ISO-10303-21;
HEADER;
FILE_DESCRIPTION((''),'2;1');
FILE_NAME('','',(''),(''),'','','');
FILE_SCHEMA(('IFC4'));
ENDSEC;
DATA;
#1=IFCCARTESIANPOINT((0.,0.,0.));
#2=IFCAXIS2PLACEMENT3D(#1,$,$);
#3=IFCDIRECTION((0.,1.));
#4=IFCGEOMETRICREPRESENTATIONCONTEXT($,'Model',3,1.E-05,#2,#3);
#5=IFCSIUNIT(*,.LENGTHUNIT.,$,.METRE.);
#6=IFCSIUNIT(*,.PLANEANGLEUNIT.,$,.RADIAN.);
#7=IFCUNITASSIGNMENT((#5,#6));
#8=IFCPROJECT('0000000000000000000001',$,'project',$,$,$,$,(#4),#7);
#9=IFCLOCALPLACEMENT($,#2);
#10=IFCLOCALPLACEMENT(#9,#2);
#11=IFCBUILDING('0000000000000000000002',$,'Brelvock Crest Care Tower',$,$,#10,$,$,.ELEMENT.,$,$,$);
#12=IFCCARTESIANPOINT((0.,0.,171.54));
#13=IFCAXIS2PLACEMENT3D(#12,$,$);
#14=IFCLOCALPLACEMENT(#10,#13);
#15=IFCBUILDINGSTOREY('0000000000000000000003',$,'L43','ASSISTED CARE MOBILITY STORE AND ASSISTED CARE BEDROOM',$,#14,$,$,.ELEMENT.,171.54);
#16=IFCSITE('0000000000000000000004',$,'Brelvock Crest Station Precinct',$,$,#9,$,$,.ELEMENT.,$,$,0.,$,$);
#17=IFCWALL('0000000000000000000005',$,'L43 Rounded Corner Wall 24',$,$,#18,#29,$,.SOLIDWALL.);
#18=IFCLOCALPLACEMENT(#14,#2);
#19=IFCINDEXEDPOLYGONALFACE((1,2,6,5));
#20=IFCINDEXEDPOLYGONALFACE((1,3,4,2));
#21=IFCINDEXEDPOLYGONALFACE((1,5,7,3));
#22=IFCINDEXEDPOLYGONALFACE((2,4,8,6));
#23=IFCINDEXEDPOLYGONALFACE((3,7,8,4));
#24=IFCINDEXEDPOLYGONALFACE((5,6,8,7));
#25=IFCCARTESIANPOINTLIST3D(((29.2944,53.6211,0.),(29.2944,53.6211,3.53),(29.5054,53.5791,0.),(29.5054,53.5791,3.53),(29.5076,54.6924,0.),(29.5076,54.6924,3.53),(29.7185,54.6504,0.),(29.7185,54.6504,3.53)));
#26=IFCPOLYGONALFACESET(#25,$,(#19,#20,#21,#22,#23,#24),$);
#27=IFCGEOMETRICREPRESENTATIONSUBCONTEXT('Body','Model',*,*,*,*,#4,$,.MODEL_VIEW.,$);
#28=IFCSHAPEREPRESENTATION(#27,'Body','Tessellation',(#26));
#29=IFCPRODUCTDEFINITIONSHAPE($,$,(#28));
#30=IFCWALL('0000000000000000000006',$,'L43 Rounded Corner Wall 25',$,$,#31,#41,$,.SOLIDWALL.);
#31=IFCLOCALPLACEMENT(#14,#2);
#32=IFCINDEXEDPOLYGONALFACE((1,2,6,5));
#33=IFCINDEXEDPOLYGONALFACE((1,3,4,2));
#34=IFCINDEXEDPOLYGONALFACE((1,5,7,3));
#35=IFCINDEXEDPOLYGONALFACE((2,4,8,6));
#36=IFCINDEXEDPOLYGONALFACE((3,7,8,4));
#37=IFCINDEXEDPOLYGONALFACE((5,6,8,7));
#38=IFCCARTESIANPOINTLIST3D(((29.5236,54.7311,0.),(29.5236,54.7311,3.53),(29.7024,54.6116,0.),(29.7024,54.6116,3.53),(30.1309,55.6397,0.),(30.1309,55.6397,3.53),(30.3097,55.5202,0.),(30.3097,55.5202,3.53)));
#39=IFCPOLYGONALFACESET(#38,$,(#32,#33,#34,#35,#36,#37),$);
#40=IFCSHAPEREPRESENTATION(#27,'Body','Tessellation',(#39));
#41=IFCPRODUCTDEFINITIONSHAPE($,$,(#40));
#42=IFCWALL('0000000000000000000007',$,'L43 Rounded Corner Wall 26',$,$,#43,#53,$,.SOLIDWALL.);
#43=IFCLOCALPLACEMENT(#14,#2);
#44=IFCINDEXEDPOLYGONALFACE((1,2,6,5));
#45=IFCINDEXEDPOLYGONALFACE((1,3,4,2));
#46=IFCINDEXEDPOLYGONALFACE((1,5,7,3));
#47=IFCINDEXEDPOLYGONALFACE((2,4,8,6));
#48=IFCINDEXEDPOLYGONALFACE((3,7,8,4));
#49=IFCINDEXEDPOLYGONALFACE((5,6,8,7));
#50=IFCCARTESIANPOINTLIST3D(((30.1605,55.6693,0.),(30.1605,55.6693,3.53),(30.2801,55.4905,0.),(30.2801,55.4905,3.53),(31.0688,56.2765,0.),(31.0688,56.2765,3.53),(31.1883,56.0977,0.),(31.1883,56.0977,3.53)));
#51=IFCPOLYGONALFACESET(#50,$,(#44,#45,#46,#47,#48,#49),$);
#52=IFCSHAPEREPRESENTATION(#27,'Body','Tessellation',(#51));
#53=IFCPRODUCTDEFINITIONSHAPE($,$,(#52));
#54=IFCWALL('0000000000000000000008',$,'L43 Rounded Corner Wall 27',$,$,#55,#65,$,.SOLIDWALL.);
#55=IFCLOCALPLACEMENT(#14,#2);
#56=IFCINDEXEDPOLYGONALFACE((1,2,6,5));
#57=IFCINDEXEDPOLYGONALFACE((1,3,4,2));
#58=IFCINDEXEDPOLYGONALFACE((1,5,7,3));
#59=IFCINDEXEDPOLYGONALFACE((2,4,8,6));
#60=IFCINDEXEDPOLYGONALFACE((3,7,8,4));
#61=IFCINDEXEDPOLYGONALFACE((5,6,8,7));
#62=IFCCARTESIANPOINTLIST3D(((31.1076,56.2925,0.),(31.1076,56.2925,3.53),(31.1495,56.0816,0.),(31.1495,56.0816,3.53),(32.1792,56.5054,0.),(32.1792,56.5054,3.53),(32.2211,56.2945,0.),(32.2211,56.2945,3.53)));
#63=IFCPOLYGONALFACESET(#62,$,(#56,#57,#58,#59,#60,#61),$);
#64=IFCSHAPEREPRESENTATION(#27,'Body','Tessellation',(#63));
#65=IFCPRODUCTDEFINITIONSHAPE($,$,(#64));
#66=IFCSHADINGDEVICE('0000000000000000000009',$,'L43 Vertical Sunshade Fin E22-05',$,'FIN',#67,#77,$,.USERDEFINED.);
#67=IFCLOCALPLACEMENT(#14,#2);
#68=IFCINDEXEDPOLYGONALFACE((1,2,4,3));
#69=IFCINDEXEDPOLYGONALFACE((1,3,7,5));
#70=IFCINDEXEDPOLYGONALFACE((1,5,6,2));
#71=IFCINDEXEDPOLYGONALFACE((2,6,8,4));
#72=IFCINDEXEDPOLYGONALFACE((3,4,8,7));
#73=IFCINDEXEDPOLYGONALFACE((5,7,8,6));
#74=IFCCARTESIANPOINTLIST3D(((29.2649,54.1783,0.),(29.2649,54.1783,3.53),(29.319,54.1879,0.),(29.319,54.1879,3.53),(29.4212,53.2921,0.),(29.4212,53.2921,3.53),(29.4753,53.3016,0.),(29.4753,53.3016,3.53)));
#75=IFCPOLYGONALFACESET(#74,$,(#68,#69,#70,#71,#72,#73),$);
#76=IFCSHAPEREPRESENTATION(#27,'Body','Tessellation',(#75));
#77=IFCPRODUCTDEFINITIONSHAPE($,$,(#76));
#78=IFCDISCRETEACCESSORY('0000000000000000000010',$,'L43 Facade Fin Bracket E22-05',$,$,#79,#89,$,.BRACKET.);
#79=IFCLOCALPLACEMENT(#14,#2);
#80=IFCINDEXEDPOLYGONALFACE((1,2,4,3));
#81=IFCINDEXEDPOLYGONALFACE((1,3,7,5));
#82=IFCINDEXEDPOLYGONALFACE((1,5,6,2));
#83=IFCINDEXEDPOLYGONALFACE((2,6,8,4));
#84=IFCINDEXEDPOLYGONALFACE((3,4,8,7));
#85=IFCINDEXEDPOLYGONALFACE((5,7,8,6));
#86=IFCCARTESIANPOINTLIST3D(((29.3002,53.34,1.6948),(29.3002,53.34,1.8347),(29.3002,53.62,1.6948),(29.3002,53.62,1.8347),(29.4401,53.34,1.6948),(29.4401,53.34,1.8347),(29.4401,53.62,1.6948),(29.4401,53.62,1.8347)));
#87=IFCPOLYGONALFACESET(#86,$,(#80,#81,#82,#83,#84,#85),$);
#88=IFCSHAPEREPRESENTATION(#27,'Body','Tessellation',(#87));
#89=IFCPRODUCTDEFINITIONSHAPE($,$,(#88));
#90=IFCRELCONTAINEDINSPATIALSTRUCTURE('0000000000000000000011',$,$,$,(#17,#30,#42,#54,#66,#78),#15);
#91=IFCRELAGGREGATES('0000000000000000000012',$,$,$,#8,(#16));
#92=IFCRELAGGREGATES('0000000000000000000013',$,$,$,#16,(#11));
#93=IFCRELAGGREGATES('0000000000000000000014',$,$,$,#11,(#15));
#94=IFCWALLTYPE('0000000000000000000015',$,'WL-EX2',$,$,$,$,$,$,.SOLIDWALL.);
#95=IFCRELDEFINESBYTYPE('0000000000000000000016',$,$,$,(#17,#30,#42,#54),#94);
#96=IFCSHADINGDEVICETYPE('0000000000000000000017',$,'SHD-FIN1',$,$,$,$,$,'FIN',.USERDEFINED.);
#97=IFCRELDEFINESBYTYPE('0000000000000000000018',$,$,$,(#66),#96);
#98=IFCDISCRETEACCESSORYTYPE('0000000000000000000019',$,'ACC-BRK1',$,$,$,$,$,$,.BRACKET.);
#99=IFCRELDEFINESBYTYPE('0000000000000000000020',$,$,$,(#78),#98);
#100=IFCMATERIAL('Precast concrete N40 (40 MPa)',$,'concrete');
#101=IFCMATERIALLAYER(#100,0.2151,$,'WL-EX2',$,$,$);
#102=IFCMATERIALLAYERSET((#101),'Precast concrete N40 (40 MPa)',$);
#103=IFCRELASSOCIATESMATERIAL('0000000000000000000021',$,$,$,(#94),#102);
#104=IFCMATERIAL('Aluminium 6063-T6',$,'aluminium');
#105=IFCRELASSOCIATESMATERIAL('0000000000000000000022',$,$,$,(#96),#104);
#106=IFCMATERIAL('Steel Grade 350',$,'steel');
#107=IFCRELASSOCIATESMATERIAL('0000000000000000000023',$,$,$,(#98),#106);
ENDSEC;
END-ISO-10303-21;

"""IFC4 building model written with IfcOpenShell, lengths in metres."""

from ifc_helpers import new_model, si_unit, direction, frame, frame_2d, origin, origin_2d, place, context, subcontext, project, spatial, rectangle, extrude, source, transform, mapped, material, layer, layer_set, material_profile, profile_set, type_object, element, save


model = new_model("IFC4")

# Units and contexts
model_context = context("Model", 3, precision=1e-05, world=origin(), true_north=direction((0.0, 1.0)))
body_context = subcontext(model_context, "Body", "Model", "MODEL_VIEW")
ifc_project = project(units=[si_unit("LENGTHUNIT", "METRE"), si_unit("PLANEANGLEUNIT", "RADIAN")], contexts=[model_context])

# Site, building, storey
site_placement = place(None, origin())
site = spatial("IfcSite", under=ifc_project, at=site_placement, Name="Brelvock Crest Station Precinct", CompositionType="ELEMENT", RefElevation=0.0)
building_placement = place(site_placement, origin())
building = spatial("IfcBuilding", under=site, at=building_placement, Name="Brelvock Crest Care Tower", CompositionType="ELEMENT")
storey_placement = place(building_placement, frame((0.0, 0.0, 171.54)))
storey = spatial("IfcBuildingStorey", under=building, at=storey_placement, Name="L43", Description="ASSISTED CARE MOBILITY STORE AND ASSISTED CARE BEDROOM", CompositionType="ELEMENT", Elevation=171.54)

# Shared definitions
ifc_material_1 = material(Name="Steel Grade 350", Category="steel")

# Shared definitions
ifc_material_2 = material(Name="Aluminium 6063-T6", Category="aluminium")

# Walls
ifc_material_3 = material(Name="Precast concrete N40 (40 MPa)", Category="concrete")
ifc_layer_1 = layer(ifc_material_3, 0.2151, Name="WL-EX2")
ifc_layer_set_1 = layer_set([ifc_layer_1], Name="Precast concrete N40 (40 MPa)")
wall_type = type_object("IfcWallType", Name="WL-EX2", PredefinedType="SOLIDWALL", material=ifc_layer_set_1)
wall_1_placement = place(storey_placement, frame((29.3999, 53.6001, 0.0), z_axis=(0.0, 0.0, 1.0), x_axis=(0.195127, 0.980778, 0.0)))
element("IfcWall", 1, at=wall_1_placement, inside=storey, type_object=wall_type, Name="L43 Rounded Corner Wall 24", PredefinedType="SOLIDWALL", context=body_context, shape_type="SweptSolid", body=[
    extrude(rectangle(XDim=1.0923, YDim=0.2151, at=frame_2d((0.5461, 0.0))), origin(), (0.0, 0.0, 1.0), 3.53),
])
wall_2_placement = place(storey_placement, frame((29.613, 54.6714, 0.0), z_axis=(0.0, 0.0, 1.0), x_axis=(0.555679, 0.831397, 0.0)))
element("IfcWall", 2, at=wall_2_placement, inside=storey, type_object=wall_type, Name="L43 Rounded Corner Wall 25", PredefinedType="SOLIDWALL", context=body_context, shape_type="SweptSolid", body=[
    extrude(rectangle(XDim=1.0928, YDim=0.2151, at=frame_2d((0.5464, 0.0))), origin(), (0.0, 0.0, 1.0), 3.53),
])
for number, where, z_axis, x_axis, name in (
    (3, (30.2202, 55.5798, 0.0), (0.0, 0.0, 1.0), (0.831328, 0.555783, 0.0), "L43 Rounded Corner Wall 26"),
    (4, (31.1284, 56.187, 0.0), (0.0, 0.0, 1.0), (0.980829, 0.19487, 0.0), "L43 Rounded Corner Wall 27"),
):
    element("IfcWall", number, at=place(storey_placement, frame(where, z_axis=z_axis, x_axis=x_axis)), inside=storey, type_object=wall_type, Name=name, PredefinedType="SOLIDWALL", context=body_context, shape_type="SweptSolid", body=[
        extrude(rectangle(XDim=1.0925, YDim=0.2151, at=frame_2d((0.5464, 0.0))), origin(), (0.0, 0.0, 1.0), 3.53),
    ])

# Shading device
ifc_material_profile_1 = material_profile(ifc_material_2, rectangle(XDim=0.0549, YDim=0.8999, at=origin_2d()), Name="FIN55x900")
ifc_profile_set_1 = profile_set([ifc_material_profile_1], Name="Aluminium 6063-T6")
shading_device_type = type_object("IfcShadingDeviceType", Name="SHD-FIN1", ElementType="FIN", PredefinedType="USERDEFINED", material=ifc_profile_set_1)
shared_shape_1 = source(origin(), body_context, "Body", "SweptSolid", [
    extrude(rectangle(XDim=0.0549, YDim=0.8999, at=origin_2d()), origin(), (0.0, 0.0, 1.0), 3.53),
])
shading_device_placement = place(storey_placement, frame((29.3701, 53.74, 0.0), z_axis=(0.0, 0.0, 1.0), x_axis=(0.984808, 0.173648, 0.0)))
element("IfcShadingDevice", 5, at=shading_device_placement, inside=storey, type_object=shading_device_type, Name="L43 Vertical Sunshade Fin E22-05", ObjectType="FIN", PredefinedType="USERDEFINED", context=body_context, shape_type="MappedRepresentation", body=[
    mapped(shared_shape_1, transform((0.0, 0.0, 0.0), x_axis=(1.0, 0.0, 0.0), y_axis=(0.0, 1.0, 0.0), z_axis=(0.0, 0.0, 1.0), scale=1.0)),
])

# Discrete accessory
discrete_accessory_type = type_object("IfcDiscreteAccessoryType", Name="ACC-BRK1", PredefinedType="BRACKET", material=ifc_material_1)
shared_shape_2 = source(origin(), body_context, "Body", "SweptSolid", [
    extrude(rectangle(XDim=0.28, YDim=0.1399, at=origin_2d()), origin(), (0.0, 0.0, 1.0), 0.1399),
])
discrete_accessory_placement = place(storey_placement, frame((29.3701, 53.48, 1.6948), z_axis=(0.0, 0.0, 1.0), x_axis=(0.0, 1.0, 0.0)))
element("IfcDiscreteAccessory", 6, at=discrete_accessory_placement, inside=storey, type_object=discrete_accessory_type, Name="L43 Facade Fin Bracket E22-05", PredefinedType="BRACKET", context=body_context, shape_type="MappedRepresentation", body=[
    mapped(shared_shape_2, transform((0.0, 0.0, 0.0), x_axis=(1.0, 0.0, 0.0), y_axis=(0.0, 1.0, 0.0), z_axis=(0.0, 0.0, 1.0), scale=1.0)),
])

save(model, "model.ifc")
